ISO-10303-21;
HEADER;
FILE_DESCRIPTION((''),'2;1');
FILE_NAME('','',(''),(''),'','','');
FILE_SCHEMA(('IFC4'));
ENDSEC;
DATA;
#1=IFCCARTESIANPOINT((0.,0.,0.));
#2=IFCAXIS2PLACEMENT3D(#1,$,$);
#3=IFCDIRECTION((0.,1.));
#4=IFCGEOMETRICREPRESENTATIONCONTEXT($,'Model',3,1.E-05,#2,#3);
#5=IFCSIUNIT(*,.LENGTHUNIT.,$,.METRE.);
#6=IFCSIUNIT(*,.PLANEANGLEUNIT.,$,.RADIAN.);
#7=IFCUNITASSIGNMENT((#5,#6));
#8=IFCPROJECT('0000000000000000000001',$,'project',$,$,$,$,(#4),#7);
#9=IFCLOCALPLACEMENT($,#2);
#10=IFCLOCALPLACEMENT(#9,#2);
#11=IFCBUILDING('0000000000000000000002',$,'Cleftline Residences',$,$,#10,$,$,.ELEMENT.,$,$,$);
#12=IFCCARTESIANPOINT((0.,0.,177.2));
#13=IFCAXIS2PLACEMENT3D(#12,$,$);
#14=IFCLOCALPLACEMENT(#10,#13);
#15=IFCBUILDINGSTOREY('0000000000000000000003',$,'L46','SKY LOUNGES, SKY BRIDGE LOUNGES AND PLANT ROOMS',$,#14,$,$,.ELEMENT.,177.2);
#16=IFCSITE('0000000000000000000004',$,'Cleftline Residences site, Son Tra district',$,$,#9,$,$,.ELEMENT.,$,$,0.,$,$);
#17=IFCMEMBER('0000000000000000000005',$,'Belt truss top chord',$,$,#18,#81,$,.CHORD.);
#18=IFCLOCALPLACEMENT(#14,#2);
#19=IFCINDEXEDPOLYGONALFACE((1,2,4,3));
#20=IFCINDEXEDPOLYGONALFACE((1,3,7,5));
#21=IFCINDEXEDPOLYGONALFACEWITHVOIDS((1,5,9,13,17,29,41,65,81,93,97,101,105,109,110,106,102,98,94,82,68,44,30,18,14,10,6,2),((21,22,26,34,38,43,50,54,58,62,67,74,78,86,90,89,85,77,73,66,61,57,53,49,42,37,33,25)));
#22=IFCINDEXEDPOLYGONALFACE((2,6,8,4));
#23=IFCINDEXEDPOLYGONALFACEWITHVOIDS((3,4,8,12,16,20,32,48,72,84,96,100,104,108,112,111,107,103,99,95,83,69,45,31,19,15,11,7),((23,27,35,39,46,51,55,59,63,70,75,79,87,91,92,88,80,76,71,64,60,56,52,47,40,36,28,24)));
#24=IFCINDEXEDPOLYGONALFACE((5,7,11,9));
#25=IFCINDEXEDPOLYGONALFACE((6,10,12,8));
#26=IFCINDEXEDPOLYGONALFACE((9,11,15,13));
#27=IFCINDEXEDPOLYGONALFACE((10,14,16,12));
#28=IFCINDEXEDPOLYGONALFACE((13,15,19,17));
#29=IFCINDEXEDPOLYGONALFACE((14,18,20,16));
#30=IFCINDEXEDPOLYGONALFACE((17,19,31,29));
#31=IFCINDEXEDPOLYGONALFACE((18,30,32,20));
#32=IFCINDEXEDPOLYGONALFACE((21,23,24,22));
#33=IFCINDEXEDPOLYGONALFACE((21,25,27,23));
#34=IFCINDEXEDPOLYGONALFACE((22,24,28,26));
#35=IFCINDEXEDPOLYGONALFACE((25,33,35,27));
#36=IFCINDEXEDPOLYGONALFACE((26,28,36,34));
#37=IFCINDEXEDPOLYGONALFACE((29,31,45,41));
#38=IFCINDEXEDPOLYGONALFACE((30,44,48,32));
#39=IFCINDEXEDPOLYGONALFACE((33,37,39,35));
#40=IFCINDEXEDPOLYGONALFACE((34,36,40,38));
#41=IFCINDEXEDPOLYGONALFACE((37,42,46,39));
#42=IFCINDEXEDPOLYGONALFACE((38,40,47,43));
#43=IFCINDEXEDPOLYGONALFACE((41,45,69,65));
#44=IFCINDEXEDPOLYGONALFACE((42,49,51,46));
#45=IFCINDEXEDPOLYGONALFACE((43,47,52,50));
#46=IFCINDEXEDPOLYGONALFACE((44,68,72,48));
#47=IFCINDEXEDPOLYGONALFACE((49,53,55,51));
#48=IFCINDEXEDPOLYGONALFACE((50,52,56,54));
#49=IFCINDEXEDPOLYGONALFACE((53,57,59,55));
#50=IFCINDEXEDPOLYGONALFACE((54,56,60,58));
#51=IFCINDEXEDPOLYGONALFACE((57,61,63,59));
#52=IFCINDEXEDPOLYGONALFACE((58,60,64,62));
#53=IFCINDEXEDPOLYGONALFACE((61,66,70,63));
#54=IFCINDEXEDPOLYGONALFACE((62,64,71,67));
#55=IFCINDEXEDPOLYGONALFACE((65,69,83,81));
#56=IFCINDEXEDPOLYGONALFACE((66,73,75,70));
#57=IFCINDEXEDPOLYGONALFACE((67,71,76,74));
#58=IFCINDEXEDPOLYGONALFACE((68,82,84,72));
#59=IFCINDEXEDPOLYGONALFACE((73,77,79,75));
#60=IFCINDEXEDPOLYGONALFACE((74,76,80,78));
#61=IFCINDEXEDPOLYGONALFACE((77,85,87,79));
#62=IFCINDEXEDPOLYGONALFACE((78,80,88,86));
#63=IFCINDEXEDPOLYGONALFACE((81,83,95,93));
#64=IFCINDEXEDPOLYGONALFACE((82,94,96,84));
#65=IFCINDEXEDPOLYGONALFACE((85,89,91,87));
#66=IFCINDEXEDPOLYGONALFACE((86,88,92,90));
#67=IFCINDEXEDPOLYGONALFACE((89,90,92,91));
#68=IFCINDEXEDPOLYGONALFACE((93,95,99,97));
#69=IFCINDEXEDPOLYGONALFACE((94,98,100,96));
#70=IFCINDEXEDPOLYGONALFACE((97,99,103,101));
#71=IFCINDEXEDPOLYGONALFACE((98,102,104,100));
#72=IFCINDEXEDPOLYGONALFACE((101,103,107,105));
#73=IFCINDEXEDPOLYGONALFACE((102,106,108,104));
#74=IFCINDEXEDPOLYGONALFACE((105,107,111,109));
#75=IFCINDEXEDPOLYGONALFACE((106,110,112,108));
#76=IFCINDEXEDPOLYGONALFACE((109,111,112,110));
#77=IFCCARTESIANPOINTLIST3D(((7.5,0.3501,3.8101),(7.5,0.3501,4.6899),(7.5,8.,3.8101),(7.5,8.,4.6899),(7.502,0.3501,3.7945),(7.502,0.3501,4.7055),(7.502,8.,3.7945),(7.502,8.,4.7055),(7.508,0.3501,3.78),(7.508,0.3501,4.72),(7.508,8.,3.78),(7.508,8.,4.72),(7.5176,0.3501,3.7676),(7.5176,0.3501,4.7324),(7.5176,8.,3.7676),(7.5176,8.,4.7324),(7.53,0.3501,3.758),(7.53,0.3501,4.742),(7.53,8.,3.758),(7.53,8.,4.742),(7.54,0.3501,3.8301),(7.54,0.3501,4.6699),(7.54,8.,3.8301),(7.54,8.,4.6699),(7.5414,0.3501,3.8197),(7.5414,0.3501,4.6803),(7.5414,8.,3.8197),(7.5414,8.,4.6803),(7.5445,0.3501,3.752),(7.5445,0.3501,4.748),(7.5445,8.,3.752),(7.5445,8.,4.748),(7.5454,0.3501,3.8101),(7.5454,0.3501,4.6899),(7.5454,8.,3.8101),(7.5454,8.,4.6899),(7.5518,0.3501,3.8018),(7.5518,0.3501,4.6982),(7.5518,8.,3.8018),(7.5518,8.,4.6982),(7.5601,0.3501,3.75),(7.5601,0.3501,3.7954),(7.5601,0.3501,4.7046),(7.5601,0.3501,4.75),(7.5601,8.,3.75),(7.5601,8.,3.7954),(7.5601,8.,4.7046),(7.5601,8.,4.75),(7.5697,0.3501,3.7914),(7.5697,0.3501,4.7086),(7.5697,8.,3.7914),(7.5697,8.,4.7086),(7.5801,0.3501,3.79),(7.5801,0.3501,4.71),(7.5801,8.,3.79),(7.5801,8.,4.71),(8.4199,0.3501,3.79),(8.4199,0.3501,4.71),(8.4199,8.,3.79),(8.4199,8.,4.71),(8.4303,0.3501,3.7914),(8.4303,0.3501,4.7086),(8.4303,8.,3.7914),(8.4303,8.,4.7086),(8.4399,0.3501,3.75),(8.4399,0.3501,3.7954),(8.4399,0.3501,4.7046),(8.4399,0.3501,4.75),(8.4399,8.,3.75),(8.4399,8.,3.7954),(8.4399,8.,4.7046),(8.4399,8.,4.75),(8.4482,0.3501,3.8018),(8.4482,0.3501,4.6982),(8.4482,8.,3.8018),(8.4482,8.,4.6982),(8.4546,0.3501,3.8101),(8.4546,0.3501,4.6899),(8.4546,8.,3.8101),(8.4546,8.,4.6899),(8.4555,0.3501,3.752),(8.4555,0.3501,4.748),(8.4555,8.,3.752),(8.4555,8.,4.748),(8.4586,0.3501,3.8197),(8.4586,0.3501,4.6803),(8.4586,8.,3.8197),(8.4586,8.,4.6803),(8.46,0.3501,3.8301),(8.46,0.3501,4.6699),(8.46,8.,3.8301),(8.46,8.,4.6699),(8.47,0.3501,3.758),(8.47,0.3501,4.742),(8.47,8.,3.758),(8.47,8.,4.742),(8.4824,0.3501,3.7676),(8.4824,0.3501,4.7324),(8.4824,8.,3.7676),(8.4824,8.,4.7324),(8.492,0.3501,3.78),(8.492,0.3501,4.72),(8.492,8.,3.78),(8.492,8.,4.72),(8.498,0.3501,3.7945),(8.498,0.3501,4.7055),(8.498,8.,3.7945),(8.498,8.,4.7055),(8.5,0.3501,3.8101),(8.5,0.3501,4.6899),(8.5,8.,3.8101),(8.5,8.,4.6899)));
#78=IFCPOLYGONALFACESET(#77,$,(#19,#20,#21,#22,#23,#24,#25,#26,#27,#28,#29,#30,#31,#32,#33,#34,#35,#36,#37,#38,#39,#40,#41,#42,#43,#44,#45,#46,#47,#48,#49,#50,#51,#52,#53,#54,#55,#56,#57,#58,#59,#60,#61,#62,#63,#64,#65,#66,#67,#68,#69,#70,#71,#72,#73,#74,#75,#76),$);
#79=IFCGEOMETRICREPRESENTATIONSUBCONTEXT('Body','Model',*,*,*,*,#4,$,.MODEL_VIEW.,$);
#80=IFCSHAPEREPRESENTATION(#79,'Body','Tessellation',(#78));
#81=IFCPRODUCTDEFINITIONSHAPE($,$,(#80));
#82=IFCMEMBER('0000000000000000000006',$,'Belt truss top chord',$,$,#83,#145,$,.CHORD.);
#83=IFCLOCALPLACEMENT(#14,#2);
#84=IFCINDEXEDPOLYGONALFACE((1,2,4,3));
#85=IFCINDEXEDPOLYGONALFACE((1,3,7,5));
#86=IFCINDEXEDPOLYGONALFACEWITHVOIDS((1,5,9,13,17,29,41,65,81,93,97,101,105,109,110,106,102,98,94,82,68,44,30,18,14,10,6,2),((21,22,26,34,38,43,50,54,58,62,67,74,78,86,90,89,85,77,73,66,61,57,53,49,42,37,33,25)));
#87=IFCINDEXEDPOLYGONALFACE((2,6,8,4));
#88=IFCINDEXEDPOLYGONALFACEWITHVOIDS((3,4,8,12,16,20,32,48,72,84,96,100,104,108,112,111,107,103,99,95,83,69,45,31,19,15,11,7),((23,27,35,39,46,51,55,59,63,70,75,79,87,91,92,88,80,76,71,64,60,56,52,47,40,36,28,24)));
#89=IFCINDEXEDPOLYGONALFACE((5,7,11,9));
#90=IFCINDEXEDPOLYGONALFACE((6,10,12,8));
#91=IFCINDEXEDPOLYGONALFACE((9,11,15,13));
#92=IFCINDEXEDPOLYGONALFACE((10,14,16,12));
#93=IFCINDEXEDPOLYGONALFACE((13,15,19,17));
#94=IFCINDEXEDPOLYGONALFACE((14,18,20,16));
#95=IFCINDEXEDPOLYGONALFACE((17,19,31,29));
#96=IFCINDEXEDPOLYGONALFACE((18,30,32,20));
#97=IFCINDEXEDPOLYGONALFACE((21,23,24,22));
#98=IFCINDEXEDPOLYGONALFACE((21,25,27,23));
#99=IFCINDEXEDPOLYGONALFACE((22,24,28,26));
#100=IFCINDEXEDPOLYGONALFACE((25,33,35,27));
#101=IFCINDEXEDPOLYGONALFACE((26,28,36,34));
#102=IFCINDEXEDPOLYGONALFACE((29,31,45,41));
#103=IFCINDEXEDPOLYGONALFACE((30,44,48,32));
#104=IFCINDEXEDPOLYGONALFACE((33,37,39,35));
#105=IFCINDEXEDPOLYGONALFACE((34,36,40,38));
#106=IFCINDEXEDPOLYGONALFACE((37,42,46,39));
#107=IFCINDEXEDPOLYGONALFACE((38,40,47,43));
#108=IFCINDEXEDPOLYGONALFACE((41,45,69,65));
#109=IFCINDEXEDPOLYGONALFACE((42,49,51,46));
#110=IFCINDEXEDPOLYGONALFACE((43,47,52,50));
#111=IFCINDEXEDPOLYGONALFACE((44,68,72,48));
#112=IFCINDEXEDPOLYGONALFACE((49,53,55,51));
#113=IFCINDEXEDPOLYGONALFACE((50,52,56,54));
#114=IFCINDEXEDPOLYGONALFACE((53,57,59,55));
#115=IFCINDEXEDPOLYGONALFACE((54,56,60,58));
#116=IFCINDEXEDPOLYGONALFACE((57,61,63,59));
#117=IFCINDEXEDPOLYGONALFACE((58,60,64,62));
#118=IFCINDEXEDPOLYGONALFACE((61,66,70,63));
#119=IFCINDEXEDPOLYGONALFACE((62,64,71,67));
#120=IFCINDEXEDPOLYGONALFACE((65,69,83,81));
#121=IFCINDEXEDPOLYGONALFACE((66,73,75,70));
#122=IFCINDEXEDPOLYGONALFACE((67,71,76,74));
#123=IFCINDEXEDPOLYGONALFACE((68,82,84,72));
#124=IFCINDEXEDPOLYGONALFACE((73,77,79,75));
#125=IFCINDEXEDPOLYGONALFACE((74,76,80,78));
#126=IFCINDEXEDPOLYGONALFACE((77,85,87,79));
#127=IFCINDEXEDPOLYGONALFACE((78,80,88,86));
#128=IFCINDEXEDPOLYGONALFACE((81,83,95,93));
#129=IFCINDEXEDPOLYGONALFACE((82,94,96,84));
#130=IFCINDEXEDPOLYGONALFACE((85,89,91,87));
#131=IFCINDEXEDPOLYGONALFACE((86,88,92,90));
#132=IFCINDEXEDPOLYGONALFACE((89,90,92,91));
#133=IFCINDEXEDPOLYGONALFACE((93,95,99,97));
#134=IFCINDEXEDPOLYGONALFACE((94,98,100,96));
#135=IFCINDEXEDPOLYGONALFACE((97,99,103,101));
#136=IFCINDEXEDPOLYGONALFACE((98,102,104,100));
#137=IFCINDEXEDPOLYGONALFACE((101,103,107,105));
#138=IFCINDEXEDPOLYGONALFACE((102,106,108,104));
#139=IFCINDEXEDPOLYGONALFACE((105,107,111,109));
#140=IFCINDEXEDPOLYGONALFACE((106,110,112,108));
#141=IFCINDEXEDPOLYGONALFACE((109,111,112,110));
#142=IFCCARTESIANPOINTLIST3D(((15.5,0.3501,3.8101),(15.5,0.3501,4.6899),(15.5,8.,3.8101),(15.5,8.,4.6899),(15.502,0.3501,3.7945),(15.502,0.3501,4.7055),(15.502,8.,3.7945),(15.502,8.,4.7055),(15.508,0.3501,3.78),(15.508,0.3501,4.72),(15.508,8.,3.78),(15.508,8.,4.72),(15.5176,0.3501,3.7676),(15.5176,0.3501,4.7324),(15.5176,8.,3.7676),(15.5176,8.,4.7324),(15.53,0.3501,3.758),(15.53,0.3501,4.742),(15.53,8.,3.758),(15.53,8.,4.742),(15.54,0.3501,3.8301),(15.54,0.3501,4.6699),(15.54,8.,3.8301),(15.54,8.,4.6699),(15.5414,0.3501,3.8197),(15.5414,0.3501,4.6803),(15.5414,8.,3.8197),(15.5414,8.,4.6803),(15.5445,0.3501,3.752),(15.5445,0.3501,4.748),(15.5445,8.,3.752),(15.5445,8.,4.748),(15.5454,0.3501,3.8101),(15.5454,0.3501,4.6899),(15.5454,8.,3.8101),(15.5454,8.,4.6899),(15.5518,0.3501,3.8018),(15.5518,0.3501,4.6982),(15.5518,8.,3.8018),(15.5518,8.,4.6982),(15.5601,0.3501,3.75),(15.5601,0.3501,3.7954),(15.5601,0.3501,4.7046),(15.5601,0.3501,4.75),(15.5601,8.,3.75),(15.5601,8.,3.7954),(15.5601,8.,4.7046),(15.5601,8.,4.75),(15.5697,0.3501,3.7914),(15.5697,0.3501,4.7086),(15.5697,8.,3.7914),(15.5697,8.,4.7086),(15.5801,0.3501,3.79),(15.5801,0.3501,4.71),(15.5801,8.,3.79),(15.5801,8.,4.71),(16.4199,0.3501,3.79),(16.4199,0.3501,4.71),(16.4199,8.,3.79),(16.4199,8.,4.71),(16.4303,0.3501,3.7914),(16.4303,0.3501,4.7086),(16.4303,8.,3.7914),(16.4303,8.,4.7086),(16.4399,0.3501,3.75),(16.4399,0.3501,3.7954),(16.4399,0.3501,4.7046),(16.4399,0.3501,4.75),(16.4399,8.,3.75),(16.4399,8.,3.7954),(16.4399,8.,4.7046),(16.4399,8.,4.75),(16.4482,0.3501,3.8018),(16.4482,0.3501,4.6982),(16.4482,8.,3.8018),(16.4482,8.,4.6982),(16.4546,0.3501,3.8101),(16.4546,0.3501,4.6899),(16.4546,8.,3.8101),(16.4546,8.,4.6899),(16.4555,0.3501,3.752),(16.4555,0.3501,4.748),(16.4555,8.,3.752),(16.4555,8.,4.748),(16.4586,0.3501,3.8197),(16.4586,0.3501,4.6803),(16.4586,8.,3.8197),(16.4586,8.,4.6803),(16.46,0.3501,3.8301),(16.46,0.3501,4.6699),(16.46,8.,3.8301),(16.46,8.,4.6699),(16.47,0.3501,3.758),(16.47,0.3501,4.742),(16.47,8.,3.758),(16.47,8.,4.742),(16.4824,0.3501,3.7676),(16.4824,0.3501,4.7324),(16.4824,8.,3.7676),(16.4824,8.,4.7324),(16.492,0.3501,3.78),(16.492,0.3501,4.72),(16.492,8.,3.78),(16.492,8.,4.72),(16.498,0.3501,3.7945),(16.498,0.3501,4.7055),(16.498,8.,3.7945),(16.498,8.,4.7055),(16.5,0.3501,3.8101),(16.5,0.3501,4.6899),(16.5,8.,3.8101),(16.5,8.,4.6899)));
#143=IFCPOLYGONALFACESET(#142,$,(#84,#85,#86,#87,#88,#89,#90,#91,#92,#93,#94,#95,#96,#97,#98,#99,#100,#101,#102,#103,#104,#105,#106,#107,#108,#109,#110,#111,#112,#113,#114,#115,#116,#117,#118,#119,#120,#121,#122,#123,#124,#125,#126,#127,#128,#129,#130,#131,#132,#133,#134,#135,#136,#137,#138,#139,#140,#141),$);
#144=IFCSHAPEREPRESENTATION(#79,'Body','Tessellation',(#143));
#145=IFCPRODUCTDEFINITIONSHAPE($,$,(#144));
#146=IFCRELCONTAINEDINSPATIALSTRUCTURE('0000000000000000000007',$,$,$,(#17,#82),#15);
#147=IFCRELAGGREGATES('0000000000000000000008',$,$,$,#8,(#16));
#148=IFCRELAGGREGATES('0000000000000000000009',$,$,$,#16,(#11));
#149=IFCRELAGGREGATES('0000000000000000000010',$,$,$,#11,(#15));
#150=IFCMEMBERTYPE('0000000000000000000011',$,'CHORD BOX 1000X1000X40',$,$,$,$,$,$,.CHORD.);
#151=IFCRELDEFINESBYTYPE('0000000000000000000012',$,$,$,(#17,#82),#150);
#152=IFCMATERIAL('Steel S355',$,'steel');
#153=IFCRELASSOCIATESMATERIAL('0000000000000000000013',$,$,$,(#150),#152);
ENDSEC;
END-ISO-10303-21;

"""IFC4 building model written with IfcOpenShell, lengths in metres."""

from ifc_helpers import new_model, si_unit, direction, frame, origin, origin_2d, place, context, subcontext, project, spatial, hollow_rectangle, extrude, material, material_profile, profile_set, type_object, element, save


model = new_model("IFC4")

# Units and contexts
model_context = context("Model", 3, precision=1e-05, world=origin(), true_north=direction((0.0, 1.0)))
body_context = subcontext(model_context, "Body", "Model", "MODEL_VIEW")
ifc_project = project(units=[si_unit("LENGTHUNIT", "METRE"), si_unit("PLANEANGLEUNIT", "RADIAN")], contexts=[model_context])

# Site, building, storey
site_placement = place(None, origin())
site = spatial("IfcSite", under=ifc_project, at=site_placement, Name="Cleftline Residences site, Son Tra district", CompositionType="ELEMENT", RefElevation=0.0)
building_placement = place(site_placement, origin())
building = spatial("IfcBuilding", under=site, at=building_placement, Name="Cleftline Residences", CompositionType="ELEMENT")
storey_placement = place(building_placement, frame((0.0, 0.0, 177.2)))
storey = spatial("IfcBuildingStorey", under=building, at=storey_placement, Name="L46", Description="SKY LOUNGES, SKY BRIDGE LOUNGES AND PLANT ROOMS", CompositionType="ELEMENT", Elevation=177.2)

# Members
ifc_material_1 = material(Name="Steel S355", Category="steel")
ifc_material_profile_1 = material_profile(ifc_material_1, hollow_rectangle(XDim=1.0, YDim=1.0, WallThickness=0.04, InnerFilletRadius=0.04, OuterFilletRadius=0.0601, at=origin_2d()))
ifc_profile_set_1 = profile_set([ifc_material_profile_1], Name="Steel S355")
member_type_1 = type_object("IfcMemberType", Name="CHORD BOX 1000X1000X40", PredefinedType="CHORD", material=ifc_profile_set_1)
for number, where, z_axis, x_axis, name in (
    (1, (8.0, 0.3501, 4.25), (0.0, 1.0, 0.0), (-1.0, 0.0, 0.0), "Belt truss top chord"),
    (2, (16.0, 0.3501, 4.25), (0.0, 1.0, 0.0), (-1.0, 0.0, 0.0), "Belt truss top chord"),
):
    element("IfcMember", number, at=place(storey_placement, frame(where, z_axis=z_axis, x_axis=x_axis)), inside=storey, type_object=member_type_1, Name=name, PredefinedType="CHORD", context=body_context, shape_type="SweptSolid", body=[
        extrude(hollow_rectangle(XDim=1.0, YDim=1.0, WallThickness=0.04, InnerFilletRadius=0.04, OuterFilletRadius=0.0601, at=origin_2d()), origin(), (0.0, 0.0, 1.0), 7.6499),
    ])

save(model, "model.ifc")
